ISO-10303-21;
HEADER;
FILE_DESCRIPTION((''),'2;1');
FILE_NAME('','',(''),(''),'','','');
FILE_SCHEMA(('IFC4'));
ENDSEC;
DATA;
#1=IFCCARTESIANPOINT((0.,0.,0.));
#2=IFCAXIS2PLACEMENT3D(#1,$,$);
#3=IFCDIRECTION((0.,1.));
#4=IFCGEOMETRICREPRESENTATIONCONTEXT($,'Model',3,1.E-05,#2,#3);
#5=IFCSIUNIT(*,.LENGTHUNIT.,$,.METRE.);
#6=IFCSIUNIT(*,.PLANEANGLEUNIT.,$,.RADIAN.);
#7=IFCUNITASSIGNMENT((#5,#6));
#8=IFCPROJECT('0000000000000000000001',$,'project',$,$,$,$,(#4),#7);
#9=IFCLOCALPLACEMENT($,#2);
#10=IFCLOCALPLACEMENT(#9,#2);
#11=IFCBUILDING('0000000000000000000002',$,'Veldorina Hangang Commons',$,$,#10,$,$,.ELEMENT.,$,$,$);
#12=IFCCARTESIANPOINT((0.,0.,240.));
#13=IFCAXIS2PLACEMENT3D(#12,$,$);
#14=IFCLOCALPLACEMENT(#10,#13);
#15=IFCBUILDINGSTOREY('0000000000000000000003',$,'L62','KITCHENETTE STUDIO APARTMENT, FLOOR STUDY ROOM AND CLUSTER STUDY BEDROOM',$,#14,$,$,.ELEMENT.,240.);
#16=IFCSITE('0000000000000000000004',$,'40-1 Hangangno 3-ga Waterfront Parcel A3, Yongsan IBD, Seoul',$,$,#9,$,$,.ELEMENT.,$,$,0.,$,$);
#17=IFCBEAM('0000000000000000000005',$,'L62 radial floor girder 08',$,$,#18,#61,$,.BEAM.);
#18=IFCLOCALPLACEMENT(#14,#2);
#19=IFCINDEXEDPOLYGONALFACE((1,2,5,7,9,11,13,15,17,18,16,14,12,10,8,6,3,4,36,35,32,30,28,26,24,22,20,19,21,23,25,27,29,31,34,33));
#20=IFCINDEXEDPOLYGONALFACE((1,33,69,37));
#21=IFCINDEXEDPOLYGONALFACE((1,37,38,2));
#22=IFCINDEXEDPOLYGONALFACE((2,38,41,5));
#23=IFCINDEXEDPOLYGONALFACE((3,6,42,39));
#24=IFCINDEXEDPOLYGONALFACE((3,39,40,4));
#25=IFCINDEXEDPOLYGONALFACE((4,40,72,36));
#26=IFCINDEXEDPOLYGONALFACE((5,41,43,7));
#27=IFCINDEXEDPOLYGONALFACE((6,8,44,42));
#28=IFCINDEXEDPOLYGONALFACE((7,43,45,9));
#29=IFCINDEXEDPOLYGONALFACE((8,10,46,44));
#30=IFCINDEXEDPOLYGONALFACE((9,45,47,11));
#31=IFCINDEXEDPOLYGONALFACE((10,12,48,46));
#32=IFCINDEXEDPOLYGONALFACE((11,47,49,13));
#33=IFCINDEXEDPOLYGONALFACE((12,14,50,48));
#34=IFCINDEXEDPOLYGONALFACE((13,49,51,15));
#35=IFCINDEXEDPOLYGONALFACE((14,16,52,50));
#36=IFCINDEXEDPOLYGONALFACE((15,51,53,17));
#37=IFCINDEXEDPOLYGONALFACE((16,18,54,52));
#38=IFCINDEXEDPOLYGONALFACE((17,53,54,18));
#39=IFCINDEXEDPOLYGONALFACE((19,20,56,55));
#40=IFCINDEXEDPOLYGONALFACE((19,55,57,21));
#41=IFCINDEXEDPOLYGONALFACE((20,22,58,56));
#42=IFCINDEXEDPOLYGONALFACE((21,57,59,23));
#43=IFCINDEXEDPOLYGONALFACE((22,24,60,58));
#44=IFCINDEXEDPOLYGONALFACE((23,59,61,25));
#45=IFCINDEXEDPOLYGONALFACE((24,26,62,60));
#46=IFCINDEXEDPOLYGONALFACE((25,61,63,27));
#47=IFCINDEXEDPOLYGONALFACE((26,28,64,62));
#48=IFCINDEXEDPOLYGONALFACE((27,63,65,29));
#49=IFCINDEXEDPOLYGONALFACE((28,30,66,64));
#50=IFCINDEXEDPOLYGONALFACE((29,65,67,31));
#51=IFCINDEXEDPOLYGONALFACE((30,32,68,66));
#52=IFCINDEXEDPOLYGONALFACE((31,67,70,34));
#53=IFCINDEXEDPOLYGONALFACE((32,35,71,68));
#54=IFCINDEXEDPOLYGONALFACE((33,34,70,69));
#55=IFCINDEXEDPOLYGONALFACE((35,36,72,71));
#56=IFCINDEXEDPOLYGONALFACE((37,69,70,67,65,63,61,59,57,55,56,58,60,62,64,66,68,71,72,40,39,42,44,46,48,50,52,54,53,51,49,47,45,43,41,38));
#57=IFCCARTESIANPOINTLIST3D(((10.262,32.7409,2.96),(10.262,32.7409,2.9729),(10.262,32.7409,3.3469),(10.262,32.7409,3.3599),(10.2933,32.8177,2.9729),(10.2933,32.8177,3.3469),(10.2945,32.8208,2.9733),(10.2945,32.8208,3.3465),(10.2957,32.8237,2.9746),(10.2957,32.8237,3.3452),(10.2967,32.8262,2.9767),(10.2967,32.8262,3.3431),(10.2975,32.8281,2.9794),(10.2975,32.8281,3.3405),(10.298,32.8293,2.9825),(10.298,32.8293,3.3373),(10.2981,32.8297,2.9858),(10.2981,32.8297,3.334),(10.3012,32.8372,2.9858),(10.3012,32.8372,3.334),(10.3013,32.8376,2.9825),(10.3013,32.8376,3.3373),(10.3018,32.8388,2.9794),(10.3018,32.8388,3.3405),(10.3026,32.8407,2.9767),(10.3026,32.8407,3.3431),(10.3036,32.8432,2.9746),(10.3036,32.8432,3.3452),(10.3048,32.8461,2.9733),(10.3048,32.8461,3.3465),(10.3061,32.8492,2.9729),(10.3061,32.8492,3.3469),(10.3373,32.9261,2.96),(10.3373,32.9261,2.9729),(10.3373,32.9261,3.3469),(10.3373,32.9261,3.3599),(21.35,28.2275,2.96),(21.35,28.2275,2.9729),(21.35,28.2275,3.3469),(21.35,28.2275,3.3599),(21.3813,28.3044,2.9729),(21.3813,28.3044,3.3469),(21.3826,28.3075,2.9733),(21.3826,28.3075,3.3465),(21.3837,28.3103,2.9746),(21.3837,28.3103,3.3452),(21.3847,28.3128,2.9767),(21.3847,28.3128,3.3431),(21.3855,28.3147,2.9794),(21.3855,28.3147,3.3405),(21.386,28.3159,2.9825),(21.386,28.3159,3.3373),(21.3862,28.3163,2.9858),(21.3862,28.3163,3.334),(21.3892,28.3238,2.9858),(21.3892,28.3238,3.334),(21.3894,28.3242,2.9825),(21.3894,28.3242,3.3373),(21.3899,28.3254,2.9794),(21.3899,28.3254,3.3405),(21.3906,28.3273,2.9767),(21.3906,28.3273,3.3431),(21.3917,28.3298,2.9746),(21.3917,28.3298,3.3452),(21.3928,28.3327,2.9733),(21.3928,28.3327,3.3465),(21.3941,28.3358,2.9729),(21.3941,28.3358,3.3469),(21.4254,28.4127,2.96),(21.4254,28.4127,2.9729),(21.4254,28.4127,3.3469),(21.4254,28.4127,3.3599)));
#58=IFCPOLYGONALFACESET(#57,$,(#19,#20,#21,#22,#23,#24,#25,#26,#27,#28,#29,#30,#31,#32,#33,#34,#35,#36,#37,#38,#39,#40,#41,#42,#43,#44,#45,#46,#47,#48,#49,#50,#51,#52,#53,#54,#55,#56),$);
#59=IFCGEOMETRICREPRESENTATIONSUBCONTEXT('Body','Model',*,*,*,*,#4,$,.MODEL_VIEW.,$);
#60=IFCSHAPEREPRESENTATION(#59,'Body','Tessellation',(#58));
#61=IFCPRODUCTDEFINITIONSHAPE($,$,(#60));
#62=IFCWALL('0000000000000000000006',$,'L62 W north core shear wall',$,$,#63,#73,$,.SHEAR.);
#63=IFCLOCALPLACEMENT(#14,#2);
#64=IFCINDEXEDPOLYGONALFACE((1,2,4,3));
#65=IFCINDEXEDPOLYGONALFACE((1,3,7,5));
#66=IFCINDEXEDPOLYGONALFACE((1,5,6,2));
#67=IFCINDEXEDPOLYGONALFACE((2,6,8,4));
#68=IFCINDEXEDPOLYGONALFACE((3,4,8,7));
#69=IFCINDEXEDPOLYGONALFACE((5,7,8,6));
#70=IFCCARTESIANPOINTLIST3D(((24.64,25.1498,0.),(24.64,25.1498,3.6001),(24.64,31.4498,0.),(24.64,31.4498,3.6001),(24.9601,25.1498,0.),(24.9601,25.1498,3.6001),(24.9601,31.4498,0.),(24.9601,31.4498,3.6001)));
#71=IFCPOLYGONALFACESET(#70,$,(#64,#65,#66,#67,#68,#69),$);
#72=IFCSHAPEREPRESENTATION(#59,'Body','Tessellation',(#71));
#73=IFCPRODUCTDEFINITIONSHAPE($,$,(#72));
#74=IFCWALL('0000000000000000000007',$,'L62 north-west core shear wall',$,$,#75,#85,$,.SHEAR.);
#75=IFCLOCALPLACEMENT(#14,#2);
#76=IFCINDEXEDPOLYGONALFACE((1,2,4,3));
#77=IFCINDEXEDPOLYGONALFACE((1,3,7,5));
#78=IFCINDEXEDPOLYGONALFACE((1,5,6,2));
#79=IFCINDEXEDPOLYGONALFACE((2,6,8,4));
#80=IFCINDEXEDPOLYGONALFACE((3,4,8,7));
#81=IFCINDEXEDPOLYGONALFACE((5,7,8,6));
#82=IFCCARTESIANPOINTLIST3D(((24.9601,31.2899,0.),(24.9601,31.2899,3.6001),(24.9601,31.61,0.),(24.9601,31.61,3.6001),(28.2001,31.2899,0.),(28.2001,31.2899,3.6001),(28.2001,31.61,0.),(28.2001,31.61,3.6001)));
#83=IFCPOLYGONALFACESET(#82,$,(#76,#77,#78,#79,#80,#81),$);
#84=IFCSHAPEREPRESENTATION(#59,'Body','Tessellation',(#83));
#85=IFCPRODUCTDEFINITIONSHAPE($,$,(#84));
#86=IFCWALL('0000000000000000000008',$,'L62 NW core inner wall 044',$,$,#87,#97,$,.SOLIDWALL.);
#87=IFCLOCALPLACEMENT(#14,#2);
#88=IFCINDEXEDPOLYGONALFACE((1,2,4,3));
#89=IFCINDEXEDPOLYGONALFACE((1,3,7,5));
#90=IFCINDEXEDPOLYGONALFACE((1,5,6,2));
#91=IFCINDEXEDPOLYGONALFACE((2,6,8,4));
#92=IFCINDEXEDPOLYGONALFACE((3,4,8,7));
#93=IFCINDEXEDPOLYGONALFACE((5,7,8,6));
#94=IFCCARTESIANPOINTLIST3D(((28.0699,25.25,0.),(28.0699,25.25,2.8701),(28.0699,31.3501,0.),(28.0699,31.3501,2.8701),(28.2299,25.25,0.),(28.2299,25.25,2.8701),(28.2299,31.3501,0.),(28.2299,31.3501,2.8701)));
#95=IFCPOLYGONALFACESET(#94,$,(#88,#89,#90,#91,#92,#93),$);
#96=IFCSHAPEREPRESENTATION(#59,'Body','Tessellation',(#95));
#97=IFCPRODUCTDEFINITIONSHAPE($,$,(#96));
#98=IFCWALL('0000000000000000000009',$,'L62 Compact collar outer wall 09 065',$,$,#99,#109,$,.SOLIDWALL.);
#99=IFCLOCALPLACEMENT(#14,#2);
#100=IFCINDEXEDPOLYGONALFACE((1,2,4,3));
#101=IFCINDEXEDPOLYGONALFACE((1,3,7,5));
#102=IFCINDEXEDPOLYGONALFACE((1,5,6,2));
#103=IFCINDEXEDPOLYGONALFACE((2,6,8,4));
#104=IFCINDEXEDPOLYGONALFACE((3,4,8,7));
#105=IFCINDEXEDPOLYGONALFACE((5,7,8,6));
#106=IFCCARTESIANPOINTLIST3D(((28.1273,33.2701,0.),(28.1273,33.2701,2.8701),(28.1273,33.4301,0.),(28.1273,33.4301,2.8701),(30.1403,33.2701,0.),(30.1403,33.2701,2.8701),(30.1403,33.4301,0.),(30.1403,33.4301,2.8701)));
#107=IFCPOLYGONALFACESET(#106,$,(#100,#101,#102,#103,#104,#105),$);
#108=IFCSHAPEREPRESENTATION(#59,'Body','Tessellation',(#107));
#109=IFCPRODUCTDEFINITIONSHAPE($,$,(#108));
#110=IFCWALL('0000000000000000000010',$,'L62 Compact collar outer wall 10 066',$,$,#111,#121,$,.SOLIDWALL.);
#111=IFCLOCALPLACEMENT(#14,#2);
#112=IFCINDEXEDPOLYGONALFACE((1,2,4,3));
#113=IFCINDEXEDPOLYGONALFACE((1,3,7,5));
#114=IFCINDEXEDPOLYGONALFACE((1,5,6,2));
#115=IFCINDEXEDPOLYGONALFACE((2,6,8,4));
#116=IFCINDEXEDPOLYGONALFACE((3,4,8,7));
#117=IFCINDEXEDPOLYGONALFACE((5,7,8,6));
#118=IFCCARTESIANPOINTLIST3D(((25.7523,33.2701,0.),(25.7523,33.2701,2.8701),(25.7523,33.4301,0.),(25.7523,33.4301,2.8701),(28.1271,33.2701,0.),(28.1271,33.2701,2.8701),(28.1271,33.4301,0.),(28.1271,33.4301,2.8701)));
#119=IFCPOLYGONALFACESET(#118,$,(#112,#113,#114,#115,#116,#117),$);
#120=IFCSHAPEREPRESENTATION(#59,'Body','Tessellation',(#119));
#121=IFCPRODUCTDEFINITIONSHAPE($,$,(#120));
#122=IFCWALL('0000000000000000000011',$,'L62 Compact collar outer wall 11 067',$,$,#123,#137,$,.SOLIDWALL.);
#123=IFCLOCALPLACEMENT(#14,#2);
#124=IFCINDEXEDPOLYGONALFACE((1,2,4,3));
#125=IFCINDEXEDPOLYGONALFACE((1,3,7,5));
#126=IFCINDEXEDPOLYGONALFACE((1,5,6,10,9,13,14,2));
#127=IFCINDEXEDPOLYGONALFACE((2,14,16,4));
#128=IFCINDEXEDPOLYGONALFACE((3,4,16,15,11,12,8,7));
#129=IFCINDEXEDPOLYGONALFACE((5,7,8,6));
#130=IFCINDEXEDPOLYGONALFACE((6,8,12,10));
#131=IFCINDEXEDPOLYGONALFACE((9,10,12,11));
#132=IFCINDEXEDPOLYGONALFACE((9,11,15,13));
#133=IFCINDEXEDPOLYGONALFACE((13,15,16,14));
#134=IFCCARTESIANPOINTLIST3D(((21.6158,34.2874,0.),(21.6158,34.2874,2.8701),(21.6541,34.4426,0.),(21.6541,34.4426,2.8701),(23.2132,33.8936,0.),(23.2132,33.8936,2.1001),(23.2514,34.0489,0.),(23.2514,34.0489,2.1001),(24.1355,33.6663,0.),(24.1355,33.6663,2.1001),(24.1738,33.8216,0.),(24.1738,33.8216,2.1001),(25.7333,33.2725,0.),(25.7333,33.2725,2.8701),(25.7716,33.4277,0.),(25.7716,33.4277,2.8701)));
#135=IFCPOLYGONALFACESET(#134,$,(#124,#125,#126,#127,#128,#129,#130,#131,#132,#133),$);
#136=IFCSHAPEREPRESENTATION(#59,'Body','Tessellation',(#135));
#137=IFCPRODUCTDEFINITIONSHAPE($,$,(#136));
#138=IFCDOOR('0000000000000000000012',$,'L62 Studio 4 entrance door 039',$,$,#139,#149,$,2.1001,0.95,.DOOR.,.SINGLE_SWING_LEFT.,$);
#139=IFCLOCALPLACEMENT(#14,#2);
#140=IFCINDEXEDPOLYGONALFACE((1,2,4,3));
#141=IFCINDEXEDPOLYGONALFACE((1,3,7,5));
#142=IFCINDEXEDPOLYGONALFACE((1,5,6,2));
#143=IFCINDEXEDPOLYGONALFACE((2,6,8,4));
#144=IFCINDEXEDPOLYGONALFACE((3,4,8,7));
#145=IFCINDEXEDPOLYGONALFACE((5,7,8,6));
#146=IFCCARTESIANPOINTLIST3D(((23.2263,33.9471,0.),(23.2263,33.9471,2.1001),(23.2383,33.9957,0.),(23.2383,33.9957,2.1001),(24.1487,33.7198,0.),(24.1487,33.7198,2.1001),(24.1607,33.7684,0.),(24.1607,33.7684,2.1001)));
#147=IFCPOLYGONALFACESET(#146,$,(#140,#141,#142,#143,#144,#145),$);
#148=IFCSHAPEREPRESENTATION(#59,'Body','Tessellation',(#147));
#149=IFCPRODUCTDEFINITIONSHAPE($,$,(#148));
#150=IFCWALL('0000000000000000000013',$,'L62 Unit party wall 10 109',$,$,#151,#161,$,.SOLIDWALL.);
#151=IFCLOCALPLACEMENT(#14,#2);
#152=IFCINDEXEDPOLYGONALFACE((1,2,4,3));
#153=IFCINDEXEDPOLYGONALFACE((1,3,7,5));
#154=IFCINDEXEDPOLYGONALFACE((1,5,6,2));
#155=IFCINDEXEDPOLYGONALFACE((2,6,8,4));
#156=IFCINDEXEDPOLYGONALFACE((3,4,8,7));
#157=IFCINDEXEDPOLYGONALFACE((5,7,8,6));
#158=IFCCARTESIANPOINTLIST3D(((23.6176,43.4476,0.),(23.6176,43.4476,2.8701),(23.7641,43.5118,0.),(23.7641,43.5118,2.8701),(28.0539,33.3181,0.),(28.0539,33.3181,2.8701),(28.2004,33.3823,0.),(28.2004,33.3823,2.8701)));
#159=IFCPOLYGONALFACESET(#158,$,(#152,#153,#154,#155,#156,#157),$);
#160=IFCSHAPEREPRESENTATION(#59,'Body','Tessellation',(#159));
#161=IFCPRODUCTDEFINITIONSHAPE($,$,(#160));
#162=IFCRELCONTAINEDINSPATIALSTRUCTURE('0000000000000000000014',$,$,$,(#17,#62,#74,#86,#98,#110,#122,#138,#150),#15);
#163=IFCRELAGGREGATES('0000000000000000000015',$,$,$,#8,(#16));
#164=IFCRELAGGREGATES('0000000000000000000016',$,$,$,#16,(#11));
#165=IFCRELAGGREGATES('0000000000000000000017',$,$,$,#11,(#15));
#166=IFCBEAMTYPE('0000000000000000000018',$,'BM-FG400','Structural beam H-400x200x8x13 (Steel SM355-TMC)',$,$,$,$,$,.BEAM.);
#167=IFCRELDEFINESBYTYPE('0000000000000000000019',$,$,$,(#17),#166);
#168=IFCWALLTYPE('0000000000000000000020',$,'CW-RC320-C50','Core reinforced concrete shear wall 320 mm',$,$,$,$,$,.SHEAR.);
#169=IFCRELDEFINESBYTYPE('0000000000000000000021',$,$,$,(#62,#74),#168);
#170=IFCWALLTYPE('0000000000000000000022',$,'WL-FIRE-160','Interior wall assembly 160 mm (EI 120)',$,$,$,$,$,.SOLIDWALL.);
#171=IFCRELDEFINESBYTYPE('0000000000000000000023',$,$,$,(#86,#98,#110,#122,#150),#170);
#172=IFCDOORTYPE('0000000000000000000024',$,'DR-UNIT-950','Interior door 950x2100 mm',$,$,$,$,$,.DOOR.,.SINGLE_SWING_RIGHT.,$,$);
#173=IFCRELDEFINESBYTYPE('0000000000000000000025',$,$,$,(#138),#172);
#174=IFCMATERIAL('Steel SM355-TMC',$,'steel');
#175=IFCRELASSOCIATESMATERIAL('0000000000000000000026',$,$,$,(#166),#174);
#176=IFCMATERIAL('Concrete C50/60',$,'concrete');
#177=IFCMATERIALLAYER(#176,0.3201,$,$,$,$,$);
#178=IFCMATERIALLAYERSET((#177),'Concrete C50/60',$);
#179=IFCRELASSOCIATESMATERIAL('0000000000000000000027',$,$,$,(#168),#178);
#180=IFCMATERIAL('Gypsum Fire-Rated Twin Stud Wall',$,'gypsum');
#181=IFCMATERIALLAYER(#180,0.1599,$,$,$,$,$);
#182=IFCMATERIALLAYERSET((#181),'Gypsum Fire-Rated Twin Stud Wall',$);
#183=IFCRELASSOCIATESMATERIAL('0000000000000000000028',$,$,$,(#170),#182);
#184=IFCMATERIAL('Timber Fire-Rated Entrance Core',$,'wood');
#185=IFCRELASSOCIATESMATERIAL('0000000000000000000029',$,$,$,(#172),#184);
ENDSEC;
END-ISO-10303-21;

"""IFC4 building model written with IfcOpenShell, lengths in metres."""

from ifc_helpers import new_model, si_unit, direction, frame, frame_2d, origin, origin_2d, place, context, subcontext, project, spatial, rectangle, i_section, extrude, material, layer, layer_set, material_profile, profile_set, type_object, element, fill, save


model = new_model("IFC4")

# Units and contexts
model_context = context("Model", 3, precision=1e-05, world=origin(), true_north=direction((0.0, 1.0)))
body_context = subcontext(model_context, "Body", "Model", "MODEL_VIEW")
ifc_project = project(units=[si_unit("LENGTHUNIT", "METRE"), si_unit("PLANEANGLEUNIT", "RADIAN")], contexts=[model_context])

# Site, building, storey
site_placement = place(None, origin())
site = spatial("IfcSite", under=ifc_project, at=site_placement, Name="40-1 Hangangno 3-ga Waterfront Parcel A3, Yongsan IBD, Seoul", CompositionType="ELEMENT", RefElevation=0.0)
building_placement = place(site_placement, origin())
building = spatial("IfcBuilding", under=site, at=building_placement, Name="Veldorina Hangang Commons", CompositionType="ELEMENT")
storey_placement = place(building_placement, frame((0.0, 0.0, 240.0)))
storey = spatial("IfcBuildingStorey", under=building, at=storey_placement, Name="L62", Description="KITCHENETTE STUDIO APARTMENT, FLOOR STUDY ROOM AND CLUSTER STUDY BEDROOM", CompositionType="ELEMENT", Elevation=240.0)

# Beam
ifc_material_1 = material(Name="Concrete C50/60", Category="concrete")
ifc_material_2 = material(Name="Steel SM355-TMC", Category="steel")
ifc_material_profile_1 = material_profile(ifc_material_2, i_section(OverallWidth=0.2, OverallDepth=0.3999, WebThickness=0.0081, FlangeThickness=0.0129, FilletRadius=0.0129, at=origin_2d()), Name="H-400x200x8x13")
ifc_profile_set_1 = profile_set([ifc_material_profile_1], Name="Steel SM355-TMC")
beam_type_1 = type_object("IfcBeamType", Name="BM-FG400", Description="Structural beam H-400x200x8x13 (Steel SM355-TMC)", PredefinedType="BEAM", material=ifc_profile_set_1)
beam_1_placement = place(storey_placement, frame((21.3877, 28.3201, 3.1599), z_axis=(-0.926208, 0.377013, 0.0), x_axis=(-0.377013, -0.926208, 0.0)))
element("IfcBeam", 1, at=beam_1_placement, inside=storey, type_object=beam_type_1, Name="L62 radial floor girder 08", PredefinedType="BEAM", context=body_context, shape_type="SweptSolid", body=[
    extrude(i_section(OverallWidth=0.2, OverallDepth=0.3999, WebThickness=0.0081, FlangeThickness=0.0129, FilletRadius=0.0129, at=origin_2d()), origin(), (0.0, 0.0, 1.0), 11.9714),
])

# Walls
ifc_layer_1 = layer(ifc_material_1, 0.3201)
ifc_layer_set_1 = layer_set([ifc_layer_1], Name="Concrete C50/60")
wall_type_1 = type_object("IfcWallType", Name="CW-RC320-C50", Description="Core reinforced concrete shear wall 320 mm", PredefinedType="SHEAR", material=ifc_layer_set_1)
wall_1_placement = place(storey_placement, frame((24.8, 25.1499, 0.0), z_axis=(0.0, 0.0, 1.0), x_axis=(0.0, 1.0, 0.0)))
element("IfcWall", 2, at=wall_1_placement, inside=storey, type_object=wall_type_1, Name="L62 W north core shear wall", PredefinedType="SHEAR", context=body_context, shape_type="SweptSolid", body=[
    extrude(rectangle(XDim=6.3, YDim=0.3201, at=frame_2d((3.1499, 0.0))), origin(), (0.0, 0.0, 1.0), 3.6001),
])
wall_2_placement = place(storey_placement, frame((24.96, 31.45, 0.0), z_axis=(0.0, 0.0, 1.0), x_axis=(1.0, 0.0, 0.0)))
element("IfcWall", 3, at=wall_2_placement, inside=storey, type_object=wall_type_1, Name="L62 north-west core shear wall", PredefinedType="SHEAR", context=body_context, shape_type="SweptSolid", body=[
    extrude(rectangle(XDim=3.24, YDim=0.3201, at=frame_2d((1.6201, 0.0))), origin(), (0.0, 0.0, 1.0), 3.6001),
])
ifc_material_3 = material(Name="Gypsum Fire-Rated Twin Stud Wall", Category="gypsum")
ifc_layer_2 = layer(ifc_material_3, 0.1599)
ifc_layer_set_2 = layer_set([ifc_layer_2], Name="Gypsum Fire-Rated Twin Stud Wall")
wall_type_2 = type_object("IfcWallType", Name="WL-FIRE-160", Description="Interior wall assembly 160 mm (EI 120)", PredefinedType="SOLIDWALL", material=ifc_layer_set_2)
wall_3_placement = place(storey_placement, frame((28.1499, 25.25, 0.0), z_axis=(0.0, 0.0, 1.0), x_axis=(0.0, 1.0, 0.0)))
element("IfcWall", 4, at=wall_3_placement, inside=storey, type_object=wall_type_2, Name="L62 NW core inner wall 044", PredefinedType="SOLIDWALL", context=body_context, shape_type="SweptSolid", body=[
    extrude(rectangle(XDim=6.1001, YDim=0.1599, at=frame_2d((3.05, 0.0))), origin(), (0.0, 0.0, 1.0), 2.8701),
])
wall_4_placement = place(storey_placement, frame((30.1401, 33.3501, 0.0), z_axis=(0.0, 0.0, 1.0), x_axis=(-1.0, 0.0, 0.0)))
element("IfcWall", 5, at=wall_4_placement, inside=storey, type_object=wall_type_2, Name="L62 Compact collar outer wall 09 065", PredefinedType="SOLIDWALL", context=body_context, shape_type="SweptSolid", body=[
    extrude(rectangle(XDim=2.0129, YDim=0.1599, at=frame_2d((1.0063, 0.0))), origin(), (0.0, 0.0, 1.0), 2.8701),
])
wall_5_placement = place(storey_placement, frame((28.1272, 33.3501, 0.0), z_axis=(0.0, 0.0, 1.0), x_axis=(-1.0, 0.0, 0.0)))
element("IfcWall", 6, at=wall_5_placement, inside=storey, type_object=wall_type_2, Name="L62 Compact collar outer wall 10 066", PredefinedType="SOLIDWALL", context=body_context, shape_type="SweptSolid", body=[
    extrude(rectangle(XDim=2.3748, YDim=0.1599, at=frame_2d((1.1875, 0.0))), origin(), (0.0, 0.0, 1.0), 2.8701),
])

# Wall, opening, door
wall_6_placement = place(storey_placement, frame((25.7524, 33.3501, 0.0), z_axis=(0.0, 0.0, 1.0), x_axis=(-0.97094, 0.239324, 0.0)))
wall_6 = element("IfcWall", 7, at=wall_6_placement, inside=storey, type_object=wall_type_2, Name="L62 Compact collar outer wall 11 067", PredefinedType="SOLIDWALL", context=body_context, shape_type="SweptSolid", body=[
    extrude(rectangle(XDim=4.2407, YDim=0.1599, at=frame_2d((2.1204, 0.0))), origin(), (0.0, 0.0, 1.0), 2.8701),
])
opening_1_placement = place(wall_6_placement, frame((1.6455, 0.0, 0.0)))
opening_1 = element("IfcOpeningElement", 8, at=opening_1_placement, cuts=wall_6, PredefinedType="OPENING", context=body_context, shape_type="SweptSolid", body=[
    extrude(rectangle(XDim=0.95, YDim=2.1001, at=frame_2d((0.4751, 1.05))), frame((0.0, 0.0898, 0.0), z_axis=(0.0, -1.0, 0.0), x_axis=(1.0, 0.0, 0.0)), (0.0, 0.0, 1.0), 0.1799),
])
ifc_material_4 = material(Name="Timber Fire-Rated Entrance Core", Category="wood")
door_type_1 = type_object("IfcDoorType", Name="DR-UNIT-950", Description="Interior door 950x2100 mm", OperationType="SINGLE_SWING_RIGHT", PredefinedType="DOOR", material=ifc_material_4)
door_1_placement = place(opening_1_placement, origin())
door_1 = element("IfcDoor", 9, at=door_1_placement, inside=storey, type_object=door_type_1, Name="L62 Studio 4 entrance door 039", OperationType="SINGLE_SWING_LEFT", OverallHeight=2.1001, OverallWidth=0.95, PredefinedType="DOOR", context=body_context, shape_type="SweptSolid", body=[
    extrude(rectangle(XDim=0.95, YDim=2.1001, at=frame_2d((0.4751, 1.05))), frame((0.0, 0.0249, 0.0), z_axis=(0.0, -1.0, 0.0), x_axis=(1.0, 0.0, 0.0)), (0.0, 0.0, 1.0), 0.05),
])
fill(opening_1, door_1)

# Wall
wall_7_placement = place(storey_placement, frame((28.1272, 33.3501, 0.0), z_axis=(0.0, 0.0, 1.0), x_axis=(-0.401173, 0.916002, 0.0)))
element("IfcWall", 10, at=wall_7_placement, inside=storey, type_object=wall_type_2, Name="L62 Unit party wall 10 109", PredefinedType="SOLIDWALL", context=body_context, shape_type="SweptSolid", body=[
    extrude(rectangle(XDim=11.0583, YDim=0.1599, at=frame_2d((5.5293, 0.0))), origin(), (0.0, 0.0, 1.0), 2.8701),
])

save(model, "model.ifc")
